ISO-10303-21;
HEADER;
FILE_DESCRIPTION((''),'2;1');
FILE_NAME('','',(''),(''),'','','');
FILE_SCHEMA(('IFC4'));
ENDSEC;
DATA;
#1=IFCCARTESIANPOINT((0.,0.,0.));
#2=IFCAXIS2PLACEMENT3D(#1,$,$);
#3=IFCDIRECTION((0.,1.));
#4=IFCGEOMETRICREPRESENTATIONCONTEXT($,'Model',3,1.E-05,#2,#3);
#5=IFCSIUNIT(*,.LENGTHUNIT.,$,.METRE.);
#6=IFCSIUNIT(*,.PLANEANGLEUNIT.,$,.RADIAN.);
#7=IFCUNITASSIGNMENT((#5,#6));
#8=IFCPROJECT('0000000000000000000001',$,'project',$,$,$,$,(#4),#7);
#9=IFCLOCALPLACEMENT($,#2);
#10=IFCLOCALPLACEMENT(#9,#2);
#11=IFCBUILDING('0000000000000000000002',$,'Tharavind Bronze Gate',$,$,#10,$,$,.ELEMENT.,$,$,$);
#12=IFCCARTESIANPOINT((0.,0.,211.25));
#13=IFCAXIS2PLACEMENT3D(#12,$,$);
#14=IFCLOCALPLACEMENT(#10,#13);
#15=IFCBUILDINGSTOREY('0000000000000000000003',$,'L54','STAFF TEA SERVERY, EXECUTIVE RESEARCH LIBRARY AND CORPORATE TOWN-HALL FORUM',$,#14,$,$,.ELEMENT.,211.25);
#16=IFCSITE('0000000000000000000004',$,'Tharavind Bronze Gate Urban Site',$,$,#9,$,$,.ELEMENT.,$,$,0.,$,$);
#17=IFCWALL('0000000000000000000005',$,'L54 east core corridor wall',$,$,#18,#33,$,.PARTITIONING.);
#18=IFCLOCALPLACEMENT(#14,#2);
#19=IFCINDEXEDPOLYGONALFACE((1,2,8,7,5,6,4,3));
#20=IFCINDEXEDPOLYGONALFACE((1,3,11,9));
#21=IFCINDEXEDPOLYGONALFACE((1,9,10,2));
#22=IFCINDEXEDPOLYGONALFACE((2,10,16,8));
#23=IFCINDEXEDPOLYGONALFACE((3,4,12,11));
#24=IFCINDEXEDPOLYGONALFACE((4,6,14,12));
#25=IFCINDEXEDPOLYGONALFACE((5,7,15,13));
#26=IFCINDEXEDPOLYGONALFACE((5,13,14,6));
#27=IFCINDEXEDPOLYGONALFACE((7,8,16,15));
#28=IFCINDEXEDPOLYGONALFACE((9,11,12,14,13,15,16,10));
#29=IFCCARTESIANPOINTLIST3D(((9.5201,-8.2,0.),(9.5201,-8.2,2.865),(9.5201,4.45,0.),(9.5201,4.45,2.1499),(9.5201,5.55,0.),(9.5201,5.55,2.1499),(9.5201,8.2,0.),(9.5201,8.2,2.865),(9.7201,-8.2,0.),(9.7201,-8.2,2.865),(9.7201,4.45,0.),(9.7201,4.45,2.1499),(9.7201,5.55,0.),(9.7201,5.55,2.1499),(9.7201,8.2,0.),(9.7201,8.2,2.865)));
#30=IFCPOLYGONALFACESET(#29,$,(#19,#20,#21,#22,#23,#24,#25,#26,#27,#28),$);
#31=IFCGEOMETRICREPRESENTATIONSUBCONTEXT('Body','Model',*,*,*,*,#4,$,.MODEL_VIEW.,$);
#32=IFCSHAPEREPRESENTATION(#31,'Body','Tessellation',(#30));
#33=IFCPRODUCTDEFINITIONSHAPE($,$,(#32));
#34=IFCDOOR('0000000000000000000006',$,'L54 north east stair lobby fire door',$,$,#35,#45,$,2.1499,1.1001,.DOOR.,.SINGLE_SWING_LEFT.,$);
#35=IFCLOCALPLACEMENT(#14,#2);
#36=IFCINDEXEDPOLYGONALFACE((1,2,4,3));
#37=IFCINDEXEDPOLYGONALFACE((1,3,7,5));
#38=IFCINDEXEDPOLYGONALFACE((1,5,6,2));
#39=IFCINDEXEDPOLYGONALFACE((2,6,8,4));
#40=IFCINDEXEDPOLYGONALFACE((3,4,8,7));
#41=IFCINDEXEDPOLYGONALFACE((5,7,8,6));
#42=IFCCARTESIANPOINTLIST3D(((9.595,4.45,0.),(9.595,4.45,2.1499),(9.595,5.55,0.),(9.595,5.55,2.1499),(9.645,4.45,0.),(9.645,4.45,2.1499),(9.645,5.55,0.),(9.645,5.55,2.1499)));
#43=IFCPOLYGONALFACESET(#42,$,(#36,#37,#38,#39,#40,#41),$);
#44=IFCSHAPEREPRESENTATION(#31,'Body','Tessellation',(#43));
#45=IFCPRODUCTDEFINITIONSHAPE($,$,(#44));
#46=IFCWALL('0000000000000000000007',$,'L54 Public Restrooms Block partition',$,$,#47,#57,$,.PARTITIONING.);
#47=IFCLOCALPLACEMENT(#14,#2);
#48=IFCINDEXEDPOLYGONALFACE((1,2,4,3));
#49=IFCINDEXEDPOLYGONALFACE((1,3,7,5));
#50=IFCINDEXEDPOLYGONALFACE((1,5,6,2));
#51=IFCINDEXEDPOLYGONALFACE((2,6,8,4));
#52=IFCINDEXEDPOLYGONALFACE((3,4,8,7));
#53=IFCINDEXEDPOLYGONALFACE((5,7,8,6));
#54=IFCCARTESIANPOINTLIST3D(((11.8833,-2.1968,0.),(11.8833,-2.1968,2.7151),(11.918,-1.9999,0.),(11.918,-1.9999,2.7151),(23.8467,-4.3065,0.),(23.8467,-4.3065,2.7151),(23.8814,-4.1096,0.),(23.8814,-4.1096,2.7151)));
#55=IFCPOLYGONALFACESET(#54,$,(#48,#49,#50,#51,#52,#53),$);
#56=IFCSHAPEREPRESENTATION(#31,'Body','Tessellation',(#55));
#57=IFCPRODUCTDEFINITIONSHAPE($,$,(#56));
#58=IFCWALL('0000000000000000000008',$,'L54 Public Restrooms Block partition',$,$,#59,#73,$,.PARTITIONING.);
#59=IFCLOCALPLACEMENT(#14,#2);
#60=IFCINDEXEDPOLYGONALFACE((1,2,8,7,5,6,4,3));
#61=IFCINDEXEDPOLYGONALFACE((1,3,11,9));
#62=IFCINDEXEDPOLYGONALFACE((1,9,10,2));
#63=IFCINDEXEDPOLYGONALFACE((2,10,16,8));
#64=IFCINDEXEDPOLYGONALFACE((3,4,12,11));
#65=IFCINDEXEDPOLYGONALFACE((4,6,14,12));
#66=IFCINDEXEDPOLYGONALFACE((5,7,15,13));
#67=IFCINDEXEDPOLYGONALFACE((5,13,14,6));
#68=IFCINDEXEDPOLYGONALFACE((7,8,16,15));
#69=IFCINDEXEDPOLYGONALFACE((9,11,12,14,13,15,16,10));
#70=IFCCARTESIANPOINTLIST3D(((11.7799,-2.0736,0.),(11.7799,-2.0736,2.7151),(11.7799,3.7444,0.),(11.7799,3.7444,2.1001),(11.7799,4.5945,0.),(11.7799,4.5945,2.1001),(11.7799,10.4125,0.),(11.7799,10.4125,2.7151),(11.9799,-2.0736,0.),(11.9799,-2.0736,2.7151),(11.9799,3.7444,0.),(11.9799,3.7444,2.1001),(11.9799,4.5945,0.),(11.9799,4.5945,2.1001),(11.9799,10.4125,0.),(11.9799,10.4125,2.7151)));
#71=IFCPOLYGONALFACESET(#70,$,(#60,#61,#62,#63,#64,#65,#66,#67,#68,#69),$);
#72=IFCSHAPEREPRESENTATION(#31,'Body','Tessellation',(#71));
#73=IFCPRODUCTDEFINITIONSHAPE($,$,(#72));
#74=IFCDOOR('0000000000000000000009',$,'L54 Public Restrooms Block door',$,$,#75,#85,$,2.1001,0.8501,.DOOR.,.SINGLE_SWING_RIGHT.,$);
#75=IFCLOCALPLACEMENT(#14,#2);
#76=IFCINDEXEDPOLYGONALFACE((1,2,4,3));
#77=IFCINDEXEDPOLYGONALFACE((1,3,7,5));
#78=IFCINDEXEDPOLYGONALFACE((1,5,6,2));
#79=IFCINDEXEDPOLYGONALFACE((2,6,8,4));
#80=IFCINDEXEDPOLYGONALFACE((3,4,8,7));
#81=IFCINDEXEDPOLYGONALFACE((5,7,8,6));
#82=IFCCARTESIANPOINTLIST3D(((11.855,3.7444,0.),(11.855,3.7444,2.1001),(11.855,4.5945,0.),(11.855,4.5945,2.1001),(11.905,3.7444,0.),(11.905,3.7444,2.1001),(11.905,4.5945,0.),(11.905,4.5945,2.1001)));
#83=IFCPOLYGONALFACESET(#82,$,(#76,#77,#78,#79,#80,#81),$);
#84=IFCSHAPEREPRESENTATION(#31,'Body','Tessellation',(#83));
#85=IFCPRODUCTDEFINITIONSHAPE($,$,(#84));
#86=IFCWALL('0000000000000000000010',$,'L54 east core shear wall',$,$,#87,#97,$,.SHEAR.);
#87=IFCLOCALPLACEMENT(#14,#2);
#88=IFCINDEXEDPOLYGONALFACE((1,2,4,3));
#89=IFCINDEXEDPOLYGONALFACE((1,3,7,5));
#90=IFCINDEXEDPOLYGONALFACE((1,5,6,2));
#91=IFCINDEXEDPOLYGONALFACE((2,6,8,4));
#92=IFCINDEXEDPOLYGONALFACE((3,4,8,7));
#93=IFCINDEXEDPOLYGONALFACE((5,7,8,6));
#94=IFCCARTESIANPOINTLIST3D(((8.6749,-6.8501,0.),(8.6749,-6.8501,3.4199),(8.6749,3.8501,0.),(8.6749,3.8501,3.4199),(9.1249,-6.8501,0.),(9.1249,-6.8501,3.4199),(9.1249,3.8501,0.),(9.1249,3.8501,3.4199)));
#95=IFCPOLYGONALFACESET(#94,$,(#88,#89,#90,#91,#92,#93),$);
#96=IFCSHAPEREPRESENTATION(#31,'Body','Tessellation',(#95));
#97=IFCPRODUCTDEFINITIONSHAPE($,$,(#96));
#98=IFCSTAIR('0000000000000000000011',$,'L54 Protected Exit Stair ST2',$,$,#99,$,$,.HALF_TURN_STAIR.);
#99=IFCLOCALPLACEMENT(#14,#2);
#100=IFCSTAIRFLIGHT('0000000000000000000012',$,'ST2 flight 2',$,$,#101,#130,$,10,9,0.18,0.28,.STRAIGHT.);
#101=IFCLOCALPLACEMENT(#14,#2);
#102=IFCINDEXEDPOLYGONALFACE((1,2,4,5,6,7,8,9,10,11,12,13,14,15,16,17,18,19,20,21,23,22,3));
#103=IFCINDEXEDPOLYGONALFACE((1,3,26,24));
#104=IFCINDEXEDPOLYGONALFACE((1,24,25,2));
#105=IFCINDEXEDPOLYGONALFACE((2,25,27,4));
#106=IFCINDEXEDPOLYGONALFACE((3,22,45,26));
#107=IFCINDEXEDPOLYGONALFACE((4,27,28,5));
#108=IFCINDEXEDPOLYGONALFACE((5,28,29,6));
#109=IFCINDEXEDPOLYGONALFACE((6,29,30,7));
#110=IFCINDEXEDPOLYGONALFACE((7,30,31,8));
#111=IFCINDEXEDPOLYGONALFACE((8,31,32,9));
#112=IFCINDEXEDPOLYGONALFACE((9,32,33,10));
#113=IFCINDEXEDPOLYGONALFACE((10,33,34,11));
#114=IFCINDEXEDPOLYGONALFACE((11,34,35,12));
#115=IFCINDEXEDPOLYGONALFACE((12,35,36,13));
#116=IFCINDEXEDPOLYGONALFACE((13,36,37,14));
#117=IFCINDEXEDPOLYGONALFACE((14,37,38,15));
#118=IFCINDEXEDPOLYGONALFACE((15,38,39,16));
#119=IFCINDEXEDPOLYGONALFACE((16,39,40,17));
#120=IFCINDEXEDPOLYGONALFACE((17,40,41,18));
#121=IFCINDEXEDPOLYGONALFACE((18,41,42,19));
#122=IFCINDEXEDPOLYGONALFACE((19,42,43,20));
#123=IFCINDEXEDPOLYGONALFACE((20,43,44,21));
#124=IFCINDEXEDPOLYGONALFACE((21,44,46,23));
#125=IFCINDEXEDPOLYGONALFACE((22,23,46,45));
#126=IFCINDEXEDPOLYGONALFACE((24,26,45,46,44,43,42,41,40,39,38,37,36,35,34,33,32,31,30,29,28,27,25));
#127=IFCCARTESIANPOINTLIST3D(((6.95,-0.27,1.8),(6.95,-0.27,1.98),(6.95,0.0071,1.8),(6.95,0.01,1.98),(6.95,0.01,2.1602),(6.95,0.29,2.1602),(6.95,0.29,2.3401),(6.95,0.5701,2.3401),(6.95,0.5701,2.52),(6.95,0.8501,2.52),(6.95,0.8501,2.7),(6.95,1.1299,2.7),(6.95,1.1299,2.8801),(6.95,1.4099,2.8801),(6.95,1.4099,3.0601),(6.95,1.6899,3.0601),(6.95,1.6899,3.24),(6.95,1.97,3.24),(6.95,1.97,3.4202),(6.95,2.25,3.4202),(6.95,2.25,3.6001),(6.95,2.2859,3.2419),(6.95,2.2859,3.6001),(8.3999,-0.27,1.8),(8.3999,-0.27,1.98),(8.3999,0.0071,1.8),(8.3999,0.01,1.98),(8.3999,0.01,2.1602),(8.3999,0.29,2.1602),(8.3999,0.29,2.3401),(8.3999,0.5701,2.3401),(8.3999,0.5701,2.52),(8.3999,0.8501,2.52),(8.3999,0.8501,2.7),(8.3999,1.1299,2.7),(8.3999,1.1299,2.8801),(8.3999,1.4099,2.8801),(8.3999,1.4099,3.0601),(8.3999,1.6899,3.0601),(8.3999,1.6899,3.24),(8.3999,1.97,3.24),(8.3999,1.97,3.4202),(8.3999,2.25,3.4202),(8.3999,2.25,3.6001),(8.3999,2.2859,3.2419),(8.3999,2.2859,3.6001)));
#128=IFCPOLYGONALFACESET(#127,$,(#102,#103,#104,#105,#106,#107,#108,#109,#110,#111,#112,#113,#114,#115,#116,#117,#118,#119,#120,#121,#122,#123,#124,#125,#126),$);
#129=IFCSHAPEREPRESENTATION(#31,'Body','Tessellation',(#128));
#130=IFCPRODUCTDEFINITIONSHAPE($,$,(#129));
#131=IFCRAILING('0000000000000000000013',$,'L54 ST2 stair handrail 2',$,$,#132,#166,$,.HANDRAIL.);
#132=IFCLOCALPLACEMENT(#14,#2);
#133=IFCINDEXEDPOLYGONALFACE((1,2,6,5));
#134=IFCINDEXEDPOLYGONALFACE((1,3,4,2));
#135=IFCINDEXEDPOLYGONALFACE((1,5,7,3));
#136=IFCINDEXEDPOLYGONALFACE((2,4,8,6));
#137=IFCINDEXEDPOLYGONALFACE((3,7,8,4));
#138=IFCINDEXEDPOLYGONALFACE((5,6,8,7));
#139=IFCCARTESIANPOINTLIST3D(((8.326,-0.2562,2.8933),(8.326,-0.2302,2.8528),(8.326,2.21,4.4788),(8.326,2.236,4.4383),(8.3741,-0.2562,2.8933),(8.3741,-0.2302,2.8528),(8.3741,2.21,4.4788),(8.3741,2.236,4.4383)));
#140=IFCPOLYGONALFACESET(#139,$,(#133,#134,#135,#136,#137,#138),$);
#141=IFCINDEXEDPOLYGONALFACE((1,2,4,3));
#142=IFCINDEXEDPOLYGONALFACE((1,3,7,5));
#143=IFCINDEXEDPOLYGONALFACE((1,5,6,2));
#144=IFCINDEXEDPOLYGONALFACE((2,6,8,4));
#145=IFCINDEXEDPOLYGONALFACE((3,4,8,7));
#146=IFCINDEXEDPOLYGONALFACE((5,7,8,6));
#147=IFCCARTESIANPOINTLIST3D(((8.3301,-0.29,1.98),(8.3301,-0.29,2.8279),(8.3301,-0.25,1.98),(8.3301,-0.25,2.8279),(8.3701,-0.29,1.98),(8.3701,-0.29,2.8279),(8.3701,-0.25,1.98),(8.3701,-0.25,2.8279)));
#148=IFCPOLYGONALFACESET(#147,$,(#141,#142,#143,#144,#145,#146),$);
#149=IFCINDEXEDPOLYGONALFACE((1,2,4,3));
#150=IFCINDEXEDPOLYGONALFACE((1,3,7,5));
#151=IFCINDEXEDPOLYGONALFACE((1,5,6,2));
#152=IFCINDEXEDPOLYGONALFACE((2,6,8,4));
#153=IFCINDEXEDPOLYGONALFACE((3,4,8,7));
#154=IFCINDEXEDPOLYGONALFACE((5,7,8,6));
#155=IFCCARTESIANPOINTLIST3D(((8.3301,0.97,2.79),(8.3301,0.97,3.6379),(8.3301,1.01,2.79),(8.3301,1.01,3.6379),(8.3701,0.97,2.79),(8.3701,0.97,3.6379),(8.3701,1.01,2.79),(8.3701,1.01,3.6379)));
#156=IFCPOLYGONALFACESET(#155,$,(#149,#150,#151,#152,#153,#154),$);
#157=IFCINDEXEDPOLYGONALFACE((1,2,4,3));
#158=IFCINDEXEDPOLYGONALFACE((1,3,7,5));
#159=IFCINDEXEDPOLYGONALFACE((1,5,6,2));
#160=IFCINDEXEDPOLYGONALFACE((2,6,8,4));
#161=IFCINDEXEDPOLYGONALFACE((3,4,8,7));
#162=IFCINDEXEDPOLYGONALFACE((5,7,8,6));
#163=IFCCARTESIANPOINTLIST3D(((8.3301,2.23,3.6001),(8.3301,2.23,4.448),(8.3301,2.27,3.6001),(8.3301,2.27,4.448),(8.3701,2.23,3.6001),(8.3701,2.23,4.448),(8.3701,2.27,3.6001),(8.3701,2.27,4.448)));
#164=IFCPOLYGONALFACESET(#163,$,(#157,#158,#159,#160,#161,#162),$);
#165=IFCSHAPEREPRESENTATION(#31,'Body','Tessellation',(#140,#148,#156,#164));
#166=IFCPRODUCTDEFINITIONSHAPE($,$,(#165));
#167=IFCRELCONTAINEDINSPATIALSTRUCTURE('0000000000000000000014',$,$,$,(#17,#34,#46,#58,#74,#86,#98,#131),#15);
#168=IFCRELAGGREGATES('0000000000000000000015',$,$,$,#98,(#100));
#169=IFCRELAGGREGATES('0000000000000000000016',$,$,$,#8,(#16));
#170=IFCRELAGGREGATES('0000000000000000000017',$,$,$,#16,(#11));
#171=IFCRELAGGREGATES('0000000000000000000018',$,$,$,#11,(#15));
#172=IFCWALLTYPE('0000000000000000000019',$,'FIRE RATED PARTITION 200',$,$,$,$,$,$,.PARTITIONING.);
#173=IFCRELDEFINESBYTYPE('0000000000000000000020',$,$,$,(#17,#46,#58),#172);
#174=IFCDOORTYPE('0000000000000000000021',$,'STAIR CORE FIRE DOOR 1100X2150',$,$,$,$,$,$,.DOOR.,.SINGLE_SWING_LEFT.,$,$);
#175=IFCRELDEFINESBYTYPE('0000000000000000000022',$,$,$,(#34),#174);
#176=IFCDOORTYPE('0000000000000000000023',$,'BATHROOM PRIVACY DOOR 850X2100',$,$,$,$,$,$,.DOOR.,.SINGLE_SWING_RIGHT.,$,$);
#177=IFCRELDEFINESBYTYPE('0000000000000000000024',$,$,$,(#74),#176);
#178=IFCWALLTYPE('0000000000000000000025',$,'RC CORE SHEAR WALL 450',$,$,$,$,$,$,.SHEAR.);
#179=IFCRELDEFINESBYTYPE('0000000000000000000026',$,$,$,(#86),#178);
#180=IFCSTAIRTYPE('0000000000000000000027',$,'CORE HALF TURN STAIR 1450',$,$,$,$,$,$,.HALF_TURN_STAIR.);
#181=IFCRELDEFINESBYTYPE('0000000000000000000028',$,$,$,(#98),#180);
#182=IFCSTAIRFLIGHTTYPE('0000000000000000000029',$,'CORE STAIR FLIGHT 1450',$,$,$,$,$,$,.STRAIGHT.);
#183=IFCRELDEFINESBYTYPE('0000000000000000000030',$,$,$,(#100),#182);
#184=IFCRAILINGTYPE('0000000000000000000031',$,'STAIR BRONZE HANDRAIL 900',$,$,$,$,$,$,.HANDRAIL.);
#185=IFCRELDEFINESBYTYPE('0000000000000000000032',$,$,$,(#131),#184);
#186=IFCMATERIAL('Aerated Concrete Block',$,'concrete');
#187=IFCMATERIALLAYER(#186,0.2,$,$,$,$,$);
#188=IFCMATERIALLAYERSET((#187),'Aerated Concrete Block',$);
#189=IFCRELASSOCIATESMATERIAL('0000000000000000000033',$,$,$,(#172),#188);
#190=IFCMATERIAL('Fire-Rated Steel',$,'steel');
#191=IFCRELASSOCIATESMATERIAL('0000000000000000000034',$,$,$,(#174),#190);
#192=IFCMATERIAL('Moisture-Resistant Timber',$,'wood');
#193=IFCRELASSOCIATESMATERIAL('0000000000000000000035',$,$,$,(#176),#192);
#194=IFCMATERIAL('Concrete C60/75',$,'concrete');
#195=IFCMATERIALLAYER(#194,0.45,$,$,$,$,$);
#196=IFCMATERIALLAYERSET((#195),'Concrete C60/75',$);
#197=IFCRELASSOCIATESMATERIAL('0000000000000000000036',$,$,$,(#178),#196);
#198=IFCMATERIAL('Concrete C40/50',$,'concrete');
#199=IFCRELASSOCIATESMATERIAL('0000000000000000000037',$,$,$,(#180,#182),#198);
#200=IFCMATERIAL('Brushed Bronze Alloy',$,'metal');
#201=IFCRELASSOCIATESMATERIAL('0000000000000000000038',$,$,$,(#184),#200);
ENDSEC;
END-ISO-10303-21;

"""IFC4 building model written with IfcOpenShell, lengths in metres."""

from ifc_helpers import new_model, si_unit, direction, frame, frame_2d, origin, origin_2d, place, context, subcontext, project, spatial, polyline, rectangle, outline, extrude, material, layer, layer_set, type_object, element, fill, aggregate, save


model = new_model("IFC4")

# Units and contexts
model_context = context("Model", 3, precision=1e-05, world=origin(), true_north=direction((0.0, 1.0)))
body_context = subcontext(model_context, "Body", "Model", "MODEL_VIEW")
ifc_project = project(units=[si_unit("LENGTHUNIT", "METRE"), si_unit("PLANEANGLEUNIT", "RADIAN")], contexts=[model_context])

# Site, building, storey
site_placement = place(None, origin())
site = spatial("IfcSite", under=ifc_project, at=site_placement, Name="Tharavind Bronze Gate Urban Site", CompositionType="ELEMENT", RefElevation=0.0)
building_placement = place(site_placement, origin())
building = spatial("IfcBuilding", under=site, at=building_placement, Name="Tharavind Bronze Gate", CompositionType="ELEMENT")
storey_placement = place(building_placement, frame((0.0, 0.0, 211.25)))
storey = spatial("IfcBuildingStorey", under=building, at=storey_placement, Name="L54", Description="STAFF TEA SERVERY, EXECUTIVE RESEARCH LIBRARY AND CORPORATE TOWN-HALL FORUM", CompositionType="ELEMENT", Elevation=211.25)

# Shared definitions
ifc_material_1 = material(Name="Concrete C60/75", Category="concrete")

# Wall, opening, door
ifc_material_2 = material(Name="Aerated Concrete Block", Category="concrete")
ifc_layer_1 = layer(ifc_material_2, 0.2)
ifc_layer_set_1 = layer_set([ifc_layer_1], Name="Aerated Concrete Block")
wall_type_1 = type_object("IfcWallType", Name="FIRE RATED PARTITION 200", PredefinedType="PARTITIONING", material=ifc_layer_set_1)
wall_1_placement = place(storey_placement, frame((9.6201, -8.2, 0.0), z_axis=(0.0, 0.0, 1.0), x_axis=(0.0, 1.0, 0.0)))
wall_1 = element("IfcWall", 1, at=wall_1_placement, inside=storey, type_object=wall_type_1, Name="L54 east core corridor wall", PredefinedType="PARTITIONING", context=body_context, shape_type="SweptSolid", body=[
    extrude(rectangle(XDim=16.3999, YDim=0.2, at=frame_2d((8.2, 0.0))), origin(), (0.0, 0.0, 1.0), 2.865),
])
opening_1_placement = place(wall_1_placement, frame((12.6499, 0.0, 0.0)))
opening_1 = element("IfcOpeningElement", 2, at=opening_1_placement, cuts=wall_1, PredefinedType="OPENING", context=body_context, shape_type="SweptSolid", body=[
    extrude(rectangle(XDim=1.1001, YDim=2.1499, at=frame_2d((0.55, 1.075))), frame((0.0, 0.1101, 0.0), z_axis=(0.0, -1.0, 0.0), x_axis=(1.0, 0.0, 0.0)), (0.0, 0.0, 1.0), 0.22),
])
ifc_material_3 = material(Name="Fire-Rated Steel", Category="steel")
door_type_1 = type_object("IfcDoorType", Name="STAIR CORE FIRE DOOR 1100X2150", OperationType="SINGLE_SWING_LEFT", PredefinedType="DOOR", material=ifc_material_3)
door_1_placement = place(opening_1_placement, frame((1.1001, 0.0, 0.0), z_axis=(0.0, 0.0, 1.0), x_axis=(-1.0, 0.0, 0.0)))
door_1 = element("IfcDoor", 3, at=door_1_placement, inside=storey, type_object=door_type_1, Name="L54 north east stair lobby fire door", OperationType="SINGLE_SWING_LEFT", OverallHeight=2.1499, OverallWidth=1.1001, PredefinedType="DOOR", context=body_context, shape_type="SweptSolid", body=[
    extrude(rectangle(XDim=1.1001, YDim=2.1499, at=frame_2d((0.55, 1.075))), frame((0.0, 0.0249, 0.0), z_axis=(0.0, -1.0, 0.0), x_axis=(1.0, 0.0, 0.0)), (0.0, 0.0, 1.0), 0.05),
])
fill(opening_1, door_1)

# Wall
wall_2_placement = place(storey_placement, frame((23.864, -4.208, 0.0), z_axis=(0.0, 0.0, 1.0), x_axis=(-0.984806, 0.17366, 0.0)))
element("IfcWall", 4, at=wall_2_placement, inside=storey, type_object=wall_type_1, Name="L54 Public Restrooms Block partition", PredefinedType="PARTITIONING", context=body_context, shape_type="SweptSolid", body=[
    extrude(rectangle(XDim=12.1479, YDim=0.2, at=frame_2d((6.074, 0.0))), origin(), (0.0, 0.0, 1.0), 2.7151),
])

# Wall, opening, door
wall_3_placement = place(storey_placement, frame((11.8799, -2.0737, 0.0), z_axis=(0.0, 0.0, 1.0), x_axis=(0.0, 1.0, 0.0)))
wall_3 = element("IfcWall", 5, at=wall_3_placement, inside=storey, type_object=wall_type_1, Name="L54 Public Restrooms Block partition", PredefinedType="PARTITIONING", context=body_context, shape_type="SweptSolid", body=[
    extrude(rectangle(XDim=12.4861, YDim=0.2, at=frame_2d((6.2432, 0.0))), origin(), (0.0, 0.0, 1.0), 2.7151),
])
opening_2_placement = place(wall_3_placement, frame((5.8181, 0.0, 0.0)))
opening_2 = element("IfcOpeningElement", 6, at=opening_2_placement, cuts=wall_3, PredefinedType="OPENING", context=body_context, shape_type="SweptSolid", body=[
    extrude(rectangle(XDim=0.8501, YDim=2.1001, at=frame_2d((0.425, 1.05))), frame((0.0, 0.1101, 0.0), z_axis=(0.0, -1.0, 0.0), x_axis=(1.0, 0.0, 0.0)), (0.0, 0.0, 1.0), 0.22),
])
ifc_material_4 = material(Name="Moisture-Resistant Timber", Category="wood")
door_type_2 = type_object("IfcDoorType", Name="BATHROOM PRIVACY DOOR 850X2100", OperationType="SINGLE_SWING_RIGHT", PredefinedType="DOOR", material=ifc_material_4)
door_2_placement = place(opening_2_placement, origin())
door_2 = element("IfcDoor", 7, at=door_2_placement, inside=storey, type_object=door_type_2, Name="L54 Public Restrooms Block door", OperationType="SINGLE_SWING_RIGHT", OverallHeight=2.1001, OverallWidth=0.8501, PredefinedType="DOOR", context=body_context, shape_type="SweptSolid", body=[
    extrude(rectangle(XDim=0.8501, YDim=2.1001, at=frame_2d((0.425, 1.05))), frame((0.0, 0.0249, 0.0), z_axis=(0.0, -1.0, 0.0), x_axis=(1.0, 0.0, 0.0)), (0.0, 0.0, 1.0), 0.05),
])
fill(opening_2, door_2)

# Wall
ifc_layer_2 = layer(ifc_material_1, 0.45)
ifc_layer_set_2 = layer_set([ifc_layer_2], Name="Concrete C60/75")
wall_type_2 = type_object("IfcWallType", Name="RC CORE SHEAR WALL 450", PredefinedType="SHEAR", material=ifc_layer_set_2)
wall_4_placement = place(storey_placement, frame((8.8999, -6.8501, 0.0), z_axis=(0.0, 0.0, 1.0), x_axis=(0.0, 1.0, 0.0)))
element("IfcWall", 8, at=wall_4_placement, inside=storey, type_object=wall_type_2, Name="L54 east core shear wall", PredefinedType="SHEAR", context=body_context, shape_type="SweptSolid", body=[
    extrude(rectangle(XDim=10.7002, YDim=0.45, at=frame_2d((5.3501, 0.0))), origin(), (0.0, 0.0, 1.0), 3.4199),
])

# Stair, stair flight
ifc_material_5 = material(Name="Concrete C40/50", Category="concrete")
stair_type = type_object("IfcStairType", Name="CORE HALF TURN STAIR 1450", PredefinedType="HALF_TURN_STAIR", material=ifc_material_5)
stair_placement = place(storey_placement, origin())
stair = element("IfcStair", 9, at=stair_placement, inside=storey, type_object=stair_type, Name="L54 Protected Exit Stair ST2", PredefinedType="HALF_TURN_STAIR")
stair_flight_type = type_object("IfcStairFlightType", Name="CORE STAIR FLIGHT 1450", PredefinedType="STRAIGHT", material=ifc_material_5)
stair_flight_placement = place(storey_placement, frame((7.675, -0.27, 1.8), z_axis=(0.0, 0.0, 1.0), x_axis=(0.0, 1.0, 0.0)))
stair_flight = element("IfcStairFlight", 10, at=stair_flight_placement, type_object=stair_flight_type, Name="ST2 flight 2", NumberOfRisers=10, NumberOfTreads=9, PredefinedType="STRAIGHT", RiserHeight=0.18, TreadLength=0.28, context=body_context, shape_type="SweptSolid", body=[
    extrude(outline(polyline([(0.0, 0.0), (0.0, 0.1799), (0.28, 0.1799), (0.28, 0.3601), (0.5601, 0.3601), (0.5601, 0.54), (0.8401, 0.54), (0.8401, 0.72), (1.1201, 0.72), (1.1201, 0.8999), (1.3999, 0.8999), (1.3999, 1.0801), (1.6799, 1.0801), (1.6799, 1.26), (1.96, 1.26), (1.96, 1.4399), (2.24, 1.4399), (2.24, 1.6201), (2.52, 1.6201), (2.52, 1.8), (2.5559, 1.8), (2.5559, 1.4419), (0.2771, 0.0), (0.0, 0.0)])), frame((0.0, 0.7251, 0.0), z_axis=(0.0, -1.0, 0.0), x_axis=(1.0, 0.0, 0.0)), (0.0, 0.0, 1.0), 1.45),
])
aggregate(stair, [stair_flight])

# Railing
ifc_material_6 = material(Name="Brushed Bronze Alloy", Category="metal")
railing_type_1 = type_object("IfcRailingType", Name="STAIR BRONZE HANDRAIL 900", PredefinedType="HANDRAIL", material=ifc_material_6)
railing_1_placement = place(storey_placement, frame((8.3501, -0.27, 1.98)))
element("IfcRailing", 11, at=railing_1_placement, inside=storey, type_object=railing_type_1, Name="L54 ST2 stair handrail 2", PredefinedType="HANDRAIL", context=body_context, shape_type="SweptSolid", body=[
    extrude(rectangle(XDim=0.0481, YDim=0.0481, at=origin_2d()), frame((0.0, 0.0269, 0.8931), z_axis=(0.0, 0.841163, 0.540782), x_axis=(-1.0, 0.0, 0.0)), (0.0, 0.0, 1.0), 2.9319),
    extrude(rectangle(XDim=0.04, YDim=0.04, at=origin_2d()), origin(), (0.0, 0.0, 1.0), 0.8479),
    extrude(rectangle(XDim=0.04, YDim=0.04, at=origin_2d()), frame((0.0, 1.26, 0.8101)), (0.0, 0.0, 1.0), 0.8479),
    extrude(rectangle(XDim=0.04, YDim=0.04, at=origin_2d()), frame((0.0, 2.52, 1.6201)), (0.0, 0.0, 1.0), 0.8479),
])

save(model, "model.ifc")
